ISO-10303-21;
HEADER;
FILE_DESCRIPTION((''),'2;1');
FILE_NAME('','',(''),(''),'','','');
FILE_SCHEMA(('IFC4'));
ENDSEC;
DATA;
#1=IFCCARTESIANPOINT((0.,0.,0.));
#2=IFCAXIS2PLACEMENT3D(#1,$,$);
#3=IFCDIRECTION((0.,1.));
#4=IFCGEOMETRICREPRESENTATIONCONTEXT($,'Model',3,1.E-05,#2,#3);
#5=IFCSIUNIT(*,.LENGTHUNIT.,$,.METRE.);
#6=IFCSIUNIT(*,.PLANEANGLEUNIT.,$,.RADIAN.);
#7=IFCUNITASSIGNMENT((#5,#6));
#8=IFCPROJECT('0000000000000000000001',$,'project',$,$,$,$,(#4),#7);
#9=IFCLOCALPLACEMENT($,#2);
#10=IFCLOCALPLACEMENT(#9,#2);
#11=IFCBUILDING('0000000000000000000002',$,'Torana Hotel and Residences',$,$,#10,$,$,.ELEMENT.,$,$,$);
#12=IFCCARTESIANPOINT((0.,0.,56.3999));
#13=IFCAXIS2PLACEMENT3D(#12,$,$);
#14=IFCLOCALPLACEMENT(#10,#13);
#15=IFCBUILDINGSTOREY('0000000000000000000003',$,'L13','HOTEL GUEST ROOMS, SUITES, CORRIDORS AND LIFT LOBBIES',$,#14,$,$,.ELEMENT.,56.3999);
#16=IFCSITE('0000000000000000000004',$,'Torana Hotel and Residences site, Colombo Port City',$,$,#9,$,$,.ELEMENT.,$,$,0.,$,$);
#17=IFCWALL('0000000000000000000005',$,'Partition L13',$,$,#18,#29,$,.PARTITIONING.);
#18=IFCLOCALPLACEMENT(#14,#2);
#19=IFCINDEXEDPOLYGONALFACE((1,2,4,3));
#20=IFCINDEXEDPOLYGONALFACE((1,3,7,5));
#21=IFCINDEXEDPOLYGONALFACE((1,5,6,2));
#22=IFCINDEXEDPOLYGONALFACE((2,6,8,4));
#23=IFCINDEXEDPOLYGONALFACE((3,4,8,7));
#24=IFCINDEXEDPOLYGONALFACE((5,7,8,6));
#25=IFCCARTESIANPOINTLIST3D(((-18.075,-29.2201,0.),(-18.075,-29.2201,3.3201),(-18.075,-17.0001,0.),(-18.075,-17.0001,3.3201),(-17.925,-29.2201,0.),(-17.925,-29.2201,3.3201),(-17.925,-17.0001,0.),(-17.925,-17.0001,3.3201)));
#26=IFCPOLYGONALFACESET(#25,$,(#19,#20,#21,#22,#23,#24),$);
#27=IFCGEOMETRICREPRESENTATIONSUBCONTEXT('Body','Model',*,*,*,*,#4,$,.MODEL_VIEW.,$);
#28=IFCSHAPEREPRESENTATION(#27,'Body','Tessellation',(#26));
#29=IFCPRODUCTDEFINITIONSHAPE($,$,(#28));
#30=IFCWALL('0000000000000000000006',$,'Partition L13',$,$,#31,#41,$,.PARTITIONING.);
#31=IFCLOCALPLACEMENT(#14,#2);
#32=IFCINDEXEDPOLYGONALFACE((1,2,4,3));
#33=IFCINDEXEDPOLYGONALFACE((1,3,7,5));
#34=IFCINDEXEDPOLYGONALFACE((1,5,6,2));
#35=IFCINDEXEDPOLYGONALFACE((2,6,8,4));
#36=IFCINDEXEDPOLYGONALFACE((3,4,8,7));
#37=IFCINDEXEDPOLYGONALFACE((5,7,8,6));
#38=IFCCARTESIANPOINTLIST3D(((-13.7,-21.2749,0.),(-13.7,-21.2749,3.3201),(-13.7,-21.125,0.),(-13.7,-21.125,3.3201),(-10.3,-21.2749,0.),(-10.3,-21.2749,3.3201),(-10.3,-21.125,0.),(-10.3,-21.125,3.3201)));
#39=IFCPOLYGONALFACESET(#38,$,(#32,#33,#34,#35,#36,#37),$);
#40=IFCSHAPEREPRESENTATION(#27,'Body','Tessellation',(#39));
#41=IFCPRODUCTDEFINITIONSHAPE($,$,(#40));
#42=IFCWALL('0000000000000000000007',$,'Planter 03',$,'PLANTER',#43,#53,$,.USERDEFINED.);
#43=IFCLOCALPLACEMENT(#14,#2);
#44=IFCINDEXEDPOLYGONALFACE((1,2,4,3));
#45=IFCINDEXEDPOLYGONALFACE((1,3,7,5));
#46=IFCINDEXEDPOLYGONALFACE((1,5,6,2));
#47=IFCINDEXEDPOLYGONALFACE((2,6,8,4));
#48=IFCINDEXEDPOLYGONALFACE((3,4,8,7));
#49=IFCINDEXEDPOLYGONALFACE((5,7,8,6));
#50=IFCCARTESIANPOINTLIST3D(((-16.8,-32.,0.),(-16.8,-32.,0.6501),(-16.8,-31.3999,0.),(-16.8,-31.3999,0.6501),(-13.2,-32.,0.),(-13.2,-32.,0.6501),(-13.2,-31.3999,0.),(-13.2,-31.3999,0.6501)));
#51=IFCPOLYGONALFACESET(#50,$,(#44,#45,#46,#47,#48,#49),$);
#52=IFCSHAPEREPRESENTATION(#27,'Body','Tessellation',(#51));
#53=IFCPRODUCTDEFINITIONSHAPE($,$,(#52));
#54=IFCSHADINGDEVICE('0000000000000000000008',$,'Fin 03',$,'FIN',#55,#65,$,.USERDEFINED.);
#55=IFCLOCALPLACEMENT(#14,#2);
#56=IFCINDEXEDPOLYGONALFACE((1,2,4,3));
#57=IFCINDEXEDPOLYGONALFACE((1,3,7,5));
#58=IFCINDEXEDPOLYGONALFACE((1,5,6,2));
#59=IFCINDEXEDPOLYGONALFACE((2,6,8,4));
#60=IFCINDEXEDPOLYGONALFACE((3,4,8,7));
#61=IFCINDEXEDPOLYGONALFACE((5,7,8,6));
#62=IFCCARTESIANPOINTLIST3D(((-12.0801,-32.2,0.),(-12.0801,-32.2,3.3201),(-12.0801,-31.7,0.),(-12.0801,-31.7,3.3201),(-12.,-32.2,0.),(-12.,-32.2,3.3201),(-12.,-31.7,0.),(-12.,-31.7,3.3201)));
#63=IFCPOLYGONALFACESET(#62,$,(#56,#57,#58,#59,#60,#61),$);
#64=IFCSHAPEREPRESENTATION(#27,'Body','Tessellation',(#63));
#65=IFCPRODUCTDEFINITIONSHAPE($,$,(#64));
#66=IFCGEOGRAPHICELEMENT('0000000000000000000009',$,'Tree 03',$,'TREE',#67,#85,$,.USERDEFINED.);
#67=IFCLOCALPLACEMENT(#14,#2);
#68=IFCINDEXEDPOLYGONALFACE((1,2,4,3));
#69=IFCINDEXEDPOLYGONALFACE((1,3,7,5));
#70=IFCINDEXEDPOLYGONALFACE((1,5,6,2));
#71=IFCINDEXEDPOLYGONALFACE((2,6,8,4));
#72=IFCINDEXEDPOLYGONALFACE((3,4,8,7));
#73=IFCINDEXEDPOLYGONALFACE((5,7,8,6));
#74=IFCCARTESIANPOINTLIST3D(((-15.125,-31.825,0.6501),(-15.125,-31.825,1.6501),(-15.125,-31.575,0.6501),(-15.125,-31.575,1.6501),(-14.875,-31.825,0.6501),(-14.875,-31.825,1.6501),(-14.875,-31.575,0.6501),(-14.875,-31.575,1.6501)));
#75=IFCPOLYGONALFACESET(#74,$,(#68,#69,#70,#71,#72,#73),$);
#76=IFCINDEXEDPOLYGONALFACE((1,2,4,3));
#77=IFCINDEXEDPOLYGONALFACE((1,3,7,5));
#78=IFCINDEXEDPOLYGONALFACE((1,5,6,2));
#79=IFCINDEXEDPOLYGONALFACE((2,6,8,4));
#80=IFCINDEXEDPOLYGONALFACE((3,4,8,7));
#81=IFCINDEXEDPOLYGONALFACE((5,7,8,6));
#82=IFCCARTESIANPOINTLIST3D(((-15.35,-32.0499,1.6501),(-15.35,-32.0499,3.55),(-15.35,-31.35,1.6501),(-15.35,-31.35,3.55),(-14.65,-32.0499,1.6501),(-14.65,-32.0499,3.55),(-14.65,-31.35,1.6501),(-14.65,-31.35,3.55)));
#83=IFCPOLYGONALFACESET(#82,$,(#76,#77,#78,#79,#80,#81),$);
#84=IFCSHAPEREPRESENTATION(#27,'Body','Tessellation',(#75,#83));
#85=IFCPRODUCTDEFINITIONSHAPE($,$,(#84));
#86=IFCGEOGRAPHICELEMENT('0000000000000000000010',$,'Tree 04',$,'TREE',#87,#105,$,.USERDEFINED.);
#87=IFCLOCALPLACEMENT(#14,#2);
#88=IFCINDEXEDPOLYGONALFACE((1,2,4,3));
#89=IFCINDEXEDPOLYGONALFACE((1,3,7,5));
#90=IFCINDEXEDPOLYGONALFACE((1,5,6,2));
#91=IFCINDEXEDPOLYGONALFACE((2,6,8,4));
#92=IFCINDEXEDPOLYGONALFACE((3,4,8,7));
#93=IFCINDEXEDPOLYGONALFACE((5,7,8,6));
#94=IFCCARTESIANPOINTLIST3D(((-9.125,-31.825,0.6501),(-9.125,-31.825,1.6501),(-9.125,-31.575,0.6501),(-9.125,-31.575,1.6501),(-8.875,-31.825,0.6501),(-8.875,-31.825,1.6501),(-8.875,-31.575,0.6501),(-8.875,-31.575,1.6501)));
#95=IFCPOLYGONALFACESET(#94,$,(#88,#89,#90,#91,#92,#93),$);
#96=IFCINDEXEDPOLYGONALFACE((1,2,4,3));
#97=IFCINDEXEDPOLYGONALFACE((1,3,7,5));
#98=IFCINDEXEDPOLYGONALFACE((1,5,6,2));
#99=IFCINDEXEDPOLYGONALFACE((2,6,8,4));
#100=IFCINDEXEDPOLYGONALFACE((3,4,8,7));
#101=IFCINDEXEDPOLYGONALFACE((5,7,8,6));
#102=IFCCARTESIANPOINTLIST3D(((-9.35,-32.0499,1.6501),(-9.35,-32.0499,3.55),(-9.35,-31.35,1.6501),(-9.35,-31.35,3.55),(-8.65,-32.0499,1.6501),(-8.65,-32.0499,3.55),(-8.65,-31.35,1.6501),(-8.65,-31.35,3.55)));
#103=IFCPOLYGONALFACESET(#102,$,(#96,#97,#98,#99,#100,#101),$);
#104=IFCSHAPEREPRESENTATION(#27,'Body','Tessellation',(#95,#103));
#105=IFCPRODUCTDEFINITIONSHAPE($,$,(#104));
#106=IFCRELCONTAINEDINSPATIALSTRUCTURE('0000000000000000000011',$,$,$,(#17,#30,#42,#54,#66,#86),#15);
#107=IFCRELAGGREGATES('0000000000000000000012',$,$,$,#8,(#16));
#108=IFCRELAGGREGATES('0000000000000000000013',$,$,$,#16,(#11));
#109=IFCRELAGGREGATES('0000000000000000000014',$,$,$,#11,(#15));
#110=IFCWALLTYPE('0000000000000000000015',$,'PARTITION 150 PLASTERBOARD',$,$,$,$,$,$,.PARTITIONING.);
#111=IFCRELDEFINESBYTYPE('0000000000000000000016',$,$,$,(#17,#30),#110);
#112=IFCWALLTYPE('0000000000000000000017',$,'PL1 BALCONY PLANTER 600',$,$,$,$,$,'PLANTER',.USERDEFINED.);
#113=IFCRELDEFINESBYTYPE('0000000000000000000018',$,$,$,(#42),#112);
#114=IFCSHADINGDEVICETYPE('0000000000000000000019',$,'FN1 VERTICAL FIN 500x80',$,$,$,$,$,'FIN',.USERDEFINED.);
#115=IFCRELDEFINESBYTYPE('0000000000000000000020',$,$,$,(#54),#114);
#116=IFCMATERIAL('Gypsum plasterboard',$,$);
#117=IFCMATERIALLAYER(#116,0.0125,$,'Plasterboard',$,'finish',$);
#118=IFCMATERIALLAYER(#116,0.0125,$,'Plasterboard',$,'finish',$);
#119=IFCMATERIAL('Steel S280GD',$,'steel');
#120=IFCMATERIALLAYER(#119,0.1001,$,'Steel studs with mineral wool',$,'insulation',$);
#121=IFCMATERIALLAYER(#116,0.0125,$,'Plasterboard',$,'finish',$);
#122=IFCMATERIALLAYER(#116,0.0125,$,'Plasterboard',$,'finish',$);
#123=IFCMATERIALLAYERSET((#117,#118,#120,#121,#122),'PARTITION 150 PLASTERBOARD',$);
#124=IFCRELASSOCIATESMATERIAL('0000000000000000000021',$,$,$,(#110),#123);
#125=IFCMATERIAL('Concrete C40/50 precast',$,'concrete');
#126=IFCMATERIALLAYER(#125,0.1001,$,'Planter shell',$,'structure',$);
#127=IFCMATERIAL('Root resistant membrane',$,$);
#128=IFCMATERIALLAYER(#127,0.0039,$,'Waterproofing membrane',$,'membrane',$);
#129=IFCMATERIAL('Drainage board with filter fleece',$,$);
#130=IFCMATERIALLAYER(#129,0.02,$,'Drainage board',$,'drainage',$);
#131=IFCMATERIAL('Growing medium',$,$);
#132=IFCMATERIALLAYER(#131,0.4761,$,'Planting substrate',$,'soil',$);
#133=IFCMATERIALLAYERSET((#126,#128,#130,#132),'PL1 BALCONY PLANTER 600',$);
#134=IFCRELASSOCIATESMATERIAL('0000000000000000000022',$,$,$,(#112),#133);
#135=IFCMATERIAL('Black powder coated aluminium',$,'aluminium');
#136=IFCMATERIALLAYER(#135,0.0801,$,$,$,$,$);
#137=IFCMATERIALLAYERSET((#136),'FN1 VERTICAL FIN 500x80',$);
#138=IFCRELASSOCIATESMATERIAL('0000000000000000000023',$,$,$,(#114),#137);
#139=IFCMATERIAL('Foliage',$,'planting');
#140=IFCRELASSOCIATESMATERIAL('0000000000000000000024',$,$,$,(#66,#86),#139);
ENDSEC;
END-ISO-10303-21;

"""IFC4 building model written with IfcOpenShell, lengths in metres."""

from ifc_helpers import new_model, si_unit, direction, frame, frame_2d, origin, origin_2d, place, context, subcontext, project, spatial, rectangle, extrude, material, layer, layer_set, type_object, element, save


model = new_model("IFC4")

# Units and contexts
model_context = context("Model", 3, precision=1e-05, world=origin(), true_north=direction((0.0, 1.0)))
body_context = subcontext(model_context, "Body", "Model", "MODEL_VIEW")
ifc_project = project(units=[si_unit("LENGTHUNIT", "METRE"), si_unit("PLANEANGLEUNIT", "RADIAN")], contexts=[model_context])

# Site, building, storey
site_placement = place(None, origin())
site = spatial("IfcSite", under=ifc_project, at=site_placement, Name="Torana Hotel and Residences site, Colombo Port City", CompositionType="ELEMENT", RefElevation=0.0)
building_placement = place(site_placement, origin())
building = spatial("IfcBuilding", under=site, at=building_placement, Name="Torana Hotel and Residences", CompositionType="ELEMENT")
storey_placement = place(building_placement, frame((0.0, 0.0, 56.3999)))
storey = spatial("IfcBuildingStorey", under=building, at=storey_placement, Name="L13", Description="HOTEL GUEST ROOMS, SUITES, CORRIDORS AND LIFT LOBBIES", CompositionType="ELEMENT", Elevation=56.3999)

# Shared definitions
ifc_material_1 = material(Name="Gypsum plasterboard")
ifc_layer_1 = layer(ifc_material_1, 0.0125, Name="Plasterboard", Category="finish")
ifc_layer_2 = layer(ifc_material_1, 0.0125, Name="Plasterboard", Category="finish")
ifc_material_2 = material(Name="Steel S280GD", Category="steel")
ifc_layer_3 = layer(ifc_material_2, 0.1001, Name="Steel studs with mineral wool", Category="insulation")
ifc_layer_4 = layer(ifc_material_1, 0.0125, Name="Plasterboard", Category="finish")
ifc_layer_5 = layer(ifc_material_1, 0.0125, Name="Plasterboard", Category="finish")
ifc_layer_set_1 = layer_set([ifc_layer_1, ifc_layer_2, ifc_layer_3, ifc_layer_4, ifc_layer_5], Name="PARTITION 150 PLASTERBOARD")
wall_type_1 = type_object("IfcWallType", Name="PARTITION 150 PLASTERBOARD", PredefinedType="PARTITIONING", material=ifc_layer_set_1)

# Walls
wall_1_placement = place(storey_placement, frame((-18.0, -29.22, 0.0), z_axis=(0.0, 0.0, 1.0), x_axis=(0.0, 1.0, 0.0)))
element("IfcWall", 1, at=wall_1_placement, inside=storey, type_object=wall_type_1, Name="Partition L13", PredefinedType="PARTITIONING", context=body_context, shape_type="SweptSolid", body=[
    extrude(rectangle(XDim=12.22, YDim=0.1499, at=frame_2d((6.1099, 0.0))), origin(), (0.0, 0.0, 1.0), 3.3201),
])
wall_2_placement = place(storey_placement, frame((-13.7, -21.2, 0.0), z_axis=(0.0, 0.0, 1.0), x_axis=(1.0, 0.0, 0.0)))
element("IfcWall", 2, at=wall_2_placement, inside=storey, type_object=wall_type_1, Name="Partition L13", PredefinedType="PARTITIONING", context=body_context, shape_type="SweptSolid", body=[
    extrude(rectangle(XDim=3.3999, YDim=0.1499, at=frame_2d((1.7, 0.0))), origin(), (0.0, 0.0, 1.0), 3.3201),
])
ifc_material_3 = material(Name="Concrete C40/50 precast", Category="concrete")
ifc_layer_6 = layer(ifc_material_3, 0.1001, Name="Planter shell", Category="structure")
ifc_material_4 = material(Name="Root resistant membrane")
ifc_layer_7 = layer(ifc_material_4, 0.0039, Name="Waterproofing membrane", Category="membrane")
ifc_material_5 = material(Name="Drainage board with filter fleece")
ifc_layer_8 = layer(ifc_material_5, 0.02, Name="Drainage board", Category="drainage")
ifc_material_6 = material(Name="Growing medium")
ifc_layer_9 = layer(ifc_material_6, 0.4761, Name="Planting substrate", Category="soil")
ifc_layer_set_2 = layer_set([ifc_layer_6, ifc_layer_7, ifc_layer_8, ifc_layer_9], Name="PL1 BALCONY PLANTER 600")
wall_type_2 = type_object("IfcWallType", Name="PL1 BALCONY PLANTER 600", ElementType="PLANTER", PredefinedType="USERDEFINED", material=ifc_layer_set_2)
wall_3_placement = place(storey_placement, frame((-13.2, -31.7, 0.0), z_axis=(0.0, 0.0, 1.0), x_axis=(-1.0, 0.0, 0.0)))
element("IfcWall", 3, at=wall_3_placement, inside=storey, type_object=wall_type_2, Name="Planter 03", ObjectType="PLANTER", PredefinedType="USERDEFINED", context=body_context, shape_type="SweptSolid", body=[
    extrude(rectangle(XDim=3.6001, YDim=0.6001, at=frame_2d((1.8, 0.0))), origin(), (0.0, 0.0, 1.0), 0.6501),
])

# Shading device
ifc_material_7 = material(Name="Black powder coated aluminium", Category="aluminium")
ifc_layer_10 = layer(ifc_material_7, 0.0801)
ifc_layer_set_3 = layer_set([ifc_layer_10], Name="FN1 VERTICAL FIN 500x80")
shading_device_type = type_object("IfcShadingDeviceType", Name="FN1 VERTICAL FIN 500x80", ElementType="FIN", PredefinedType="USERDEFINED", material=ifc_layer_set_3)
shading_device_placement = place(storey_placement, frame((-12.04, -31.95, 0.0), z_axis=(0.0, 0.0, 1.0), x_axis=(-1.0, 0.0, 0.0)))
element("IfcShadingDevice", 4, at=shading_device_placement, inside=storey, type_object=shading_device_type, Name="Fin 03", ObjectType="FIN", PredefinedType="USERDEFINED", context=body_context, shape_type="SweptSolid", body=[
    extrude(rectangle(XDim=0.0801, YDim=0.5, at=origin_2d()), origin(), (0.0, 0.0, 1.0), 3.3201),
])

# Geographic elements
ifc_material_8 = material(Name="Foliage", Category="planting")
for number, where, z_axis, x_axis, name in (
    (5, (-15.0, -31.7, 0.6501), (0.0, 0.0, 1.0), (1.0, 0.0, 0.0), "Tree 03"),
    (6, (-9.0, -31.7, 0.6501), (0.0, 0.0, 1.0), (1.0, 0.0, 0.0), "Tree 04"),
):
    element("IfcGeographicElement", number, at=place(storey_placement, frame(where, z_axis=z_axis, x_axis=x_axis)), inside=storey, material=ifc_material_8, Name=name, ObjectType="TREE", PredefinedType="USERDEFINED", context=body_context, shape_type="SweptSolid", body=[
        extrude(rectangle(XDim=0.25, YDim=0.25, at=origin_2d()), origin(), (0.0, 0.0, 1.0), 1.0),
        extrude(rectangle(XDim=0.7, YDim=0.7, at=origin_2d()), frame((0.0, 0.0, 1.0)), (0.0, 0.0, 1.0), 1.8999),
    ])

save(model, "model.ifc")
